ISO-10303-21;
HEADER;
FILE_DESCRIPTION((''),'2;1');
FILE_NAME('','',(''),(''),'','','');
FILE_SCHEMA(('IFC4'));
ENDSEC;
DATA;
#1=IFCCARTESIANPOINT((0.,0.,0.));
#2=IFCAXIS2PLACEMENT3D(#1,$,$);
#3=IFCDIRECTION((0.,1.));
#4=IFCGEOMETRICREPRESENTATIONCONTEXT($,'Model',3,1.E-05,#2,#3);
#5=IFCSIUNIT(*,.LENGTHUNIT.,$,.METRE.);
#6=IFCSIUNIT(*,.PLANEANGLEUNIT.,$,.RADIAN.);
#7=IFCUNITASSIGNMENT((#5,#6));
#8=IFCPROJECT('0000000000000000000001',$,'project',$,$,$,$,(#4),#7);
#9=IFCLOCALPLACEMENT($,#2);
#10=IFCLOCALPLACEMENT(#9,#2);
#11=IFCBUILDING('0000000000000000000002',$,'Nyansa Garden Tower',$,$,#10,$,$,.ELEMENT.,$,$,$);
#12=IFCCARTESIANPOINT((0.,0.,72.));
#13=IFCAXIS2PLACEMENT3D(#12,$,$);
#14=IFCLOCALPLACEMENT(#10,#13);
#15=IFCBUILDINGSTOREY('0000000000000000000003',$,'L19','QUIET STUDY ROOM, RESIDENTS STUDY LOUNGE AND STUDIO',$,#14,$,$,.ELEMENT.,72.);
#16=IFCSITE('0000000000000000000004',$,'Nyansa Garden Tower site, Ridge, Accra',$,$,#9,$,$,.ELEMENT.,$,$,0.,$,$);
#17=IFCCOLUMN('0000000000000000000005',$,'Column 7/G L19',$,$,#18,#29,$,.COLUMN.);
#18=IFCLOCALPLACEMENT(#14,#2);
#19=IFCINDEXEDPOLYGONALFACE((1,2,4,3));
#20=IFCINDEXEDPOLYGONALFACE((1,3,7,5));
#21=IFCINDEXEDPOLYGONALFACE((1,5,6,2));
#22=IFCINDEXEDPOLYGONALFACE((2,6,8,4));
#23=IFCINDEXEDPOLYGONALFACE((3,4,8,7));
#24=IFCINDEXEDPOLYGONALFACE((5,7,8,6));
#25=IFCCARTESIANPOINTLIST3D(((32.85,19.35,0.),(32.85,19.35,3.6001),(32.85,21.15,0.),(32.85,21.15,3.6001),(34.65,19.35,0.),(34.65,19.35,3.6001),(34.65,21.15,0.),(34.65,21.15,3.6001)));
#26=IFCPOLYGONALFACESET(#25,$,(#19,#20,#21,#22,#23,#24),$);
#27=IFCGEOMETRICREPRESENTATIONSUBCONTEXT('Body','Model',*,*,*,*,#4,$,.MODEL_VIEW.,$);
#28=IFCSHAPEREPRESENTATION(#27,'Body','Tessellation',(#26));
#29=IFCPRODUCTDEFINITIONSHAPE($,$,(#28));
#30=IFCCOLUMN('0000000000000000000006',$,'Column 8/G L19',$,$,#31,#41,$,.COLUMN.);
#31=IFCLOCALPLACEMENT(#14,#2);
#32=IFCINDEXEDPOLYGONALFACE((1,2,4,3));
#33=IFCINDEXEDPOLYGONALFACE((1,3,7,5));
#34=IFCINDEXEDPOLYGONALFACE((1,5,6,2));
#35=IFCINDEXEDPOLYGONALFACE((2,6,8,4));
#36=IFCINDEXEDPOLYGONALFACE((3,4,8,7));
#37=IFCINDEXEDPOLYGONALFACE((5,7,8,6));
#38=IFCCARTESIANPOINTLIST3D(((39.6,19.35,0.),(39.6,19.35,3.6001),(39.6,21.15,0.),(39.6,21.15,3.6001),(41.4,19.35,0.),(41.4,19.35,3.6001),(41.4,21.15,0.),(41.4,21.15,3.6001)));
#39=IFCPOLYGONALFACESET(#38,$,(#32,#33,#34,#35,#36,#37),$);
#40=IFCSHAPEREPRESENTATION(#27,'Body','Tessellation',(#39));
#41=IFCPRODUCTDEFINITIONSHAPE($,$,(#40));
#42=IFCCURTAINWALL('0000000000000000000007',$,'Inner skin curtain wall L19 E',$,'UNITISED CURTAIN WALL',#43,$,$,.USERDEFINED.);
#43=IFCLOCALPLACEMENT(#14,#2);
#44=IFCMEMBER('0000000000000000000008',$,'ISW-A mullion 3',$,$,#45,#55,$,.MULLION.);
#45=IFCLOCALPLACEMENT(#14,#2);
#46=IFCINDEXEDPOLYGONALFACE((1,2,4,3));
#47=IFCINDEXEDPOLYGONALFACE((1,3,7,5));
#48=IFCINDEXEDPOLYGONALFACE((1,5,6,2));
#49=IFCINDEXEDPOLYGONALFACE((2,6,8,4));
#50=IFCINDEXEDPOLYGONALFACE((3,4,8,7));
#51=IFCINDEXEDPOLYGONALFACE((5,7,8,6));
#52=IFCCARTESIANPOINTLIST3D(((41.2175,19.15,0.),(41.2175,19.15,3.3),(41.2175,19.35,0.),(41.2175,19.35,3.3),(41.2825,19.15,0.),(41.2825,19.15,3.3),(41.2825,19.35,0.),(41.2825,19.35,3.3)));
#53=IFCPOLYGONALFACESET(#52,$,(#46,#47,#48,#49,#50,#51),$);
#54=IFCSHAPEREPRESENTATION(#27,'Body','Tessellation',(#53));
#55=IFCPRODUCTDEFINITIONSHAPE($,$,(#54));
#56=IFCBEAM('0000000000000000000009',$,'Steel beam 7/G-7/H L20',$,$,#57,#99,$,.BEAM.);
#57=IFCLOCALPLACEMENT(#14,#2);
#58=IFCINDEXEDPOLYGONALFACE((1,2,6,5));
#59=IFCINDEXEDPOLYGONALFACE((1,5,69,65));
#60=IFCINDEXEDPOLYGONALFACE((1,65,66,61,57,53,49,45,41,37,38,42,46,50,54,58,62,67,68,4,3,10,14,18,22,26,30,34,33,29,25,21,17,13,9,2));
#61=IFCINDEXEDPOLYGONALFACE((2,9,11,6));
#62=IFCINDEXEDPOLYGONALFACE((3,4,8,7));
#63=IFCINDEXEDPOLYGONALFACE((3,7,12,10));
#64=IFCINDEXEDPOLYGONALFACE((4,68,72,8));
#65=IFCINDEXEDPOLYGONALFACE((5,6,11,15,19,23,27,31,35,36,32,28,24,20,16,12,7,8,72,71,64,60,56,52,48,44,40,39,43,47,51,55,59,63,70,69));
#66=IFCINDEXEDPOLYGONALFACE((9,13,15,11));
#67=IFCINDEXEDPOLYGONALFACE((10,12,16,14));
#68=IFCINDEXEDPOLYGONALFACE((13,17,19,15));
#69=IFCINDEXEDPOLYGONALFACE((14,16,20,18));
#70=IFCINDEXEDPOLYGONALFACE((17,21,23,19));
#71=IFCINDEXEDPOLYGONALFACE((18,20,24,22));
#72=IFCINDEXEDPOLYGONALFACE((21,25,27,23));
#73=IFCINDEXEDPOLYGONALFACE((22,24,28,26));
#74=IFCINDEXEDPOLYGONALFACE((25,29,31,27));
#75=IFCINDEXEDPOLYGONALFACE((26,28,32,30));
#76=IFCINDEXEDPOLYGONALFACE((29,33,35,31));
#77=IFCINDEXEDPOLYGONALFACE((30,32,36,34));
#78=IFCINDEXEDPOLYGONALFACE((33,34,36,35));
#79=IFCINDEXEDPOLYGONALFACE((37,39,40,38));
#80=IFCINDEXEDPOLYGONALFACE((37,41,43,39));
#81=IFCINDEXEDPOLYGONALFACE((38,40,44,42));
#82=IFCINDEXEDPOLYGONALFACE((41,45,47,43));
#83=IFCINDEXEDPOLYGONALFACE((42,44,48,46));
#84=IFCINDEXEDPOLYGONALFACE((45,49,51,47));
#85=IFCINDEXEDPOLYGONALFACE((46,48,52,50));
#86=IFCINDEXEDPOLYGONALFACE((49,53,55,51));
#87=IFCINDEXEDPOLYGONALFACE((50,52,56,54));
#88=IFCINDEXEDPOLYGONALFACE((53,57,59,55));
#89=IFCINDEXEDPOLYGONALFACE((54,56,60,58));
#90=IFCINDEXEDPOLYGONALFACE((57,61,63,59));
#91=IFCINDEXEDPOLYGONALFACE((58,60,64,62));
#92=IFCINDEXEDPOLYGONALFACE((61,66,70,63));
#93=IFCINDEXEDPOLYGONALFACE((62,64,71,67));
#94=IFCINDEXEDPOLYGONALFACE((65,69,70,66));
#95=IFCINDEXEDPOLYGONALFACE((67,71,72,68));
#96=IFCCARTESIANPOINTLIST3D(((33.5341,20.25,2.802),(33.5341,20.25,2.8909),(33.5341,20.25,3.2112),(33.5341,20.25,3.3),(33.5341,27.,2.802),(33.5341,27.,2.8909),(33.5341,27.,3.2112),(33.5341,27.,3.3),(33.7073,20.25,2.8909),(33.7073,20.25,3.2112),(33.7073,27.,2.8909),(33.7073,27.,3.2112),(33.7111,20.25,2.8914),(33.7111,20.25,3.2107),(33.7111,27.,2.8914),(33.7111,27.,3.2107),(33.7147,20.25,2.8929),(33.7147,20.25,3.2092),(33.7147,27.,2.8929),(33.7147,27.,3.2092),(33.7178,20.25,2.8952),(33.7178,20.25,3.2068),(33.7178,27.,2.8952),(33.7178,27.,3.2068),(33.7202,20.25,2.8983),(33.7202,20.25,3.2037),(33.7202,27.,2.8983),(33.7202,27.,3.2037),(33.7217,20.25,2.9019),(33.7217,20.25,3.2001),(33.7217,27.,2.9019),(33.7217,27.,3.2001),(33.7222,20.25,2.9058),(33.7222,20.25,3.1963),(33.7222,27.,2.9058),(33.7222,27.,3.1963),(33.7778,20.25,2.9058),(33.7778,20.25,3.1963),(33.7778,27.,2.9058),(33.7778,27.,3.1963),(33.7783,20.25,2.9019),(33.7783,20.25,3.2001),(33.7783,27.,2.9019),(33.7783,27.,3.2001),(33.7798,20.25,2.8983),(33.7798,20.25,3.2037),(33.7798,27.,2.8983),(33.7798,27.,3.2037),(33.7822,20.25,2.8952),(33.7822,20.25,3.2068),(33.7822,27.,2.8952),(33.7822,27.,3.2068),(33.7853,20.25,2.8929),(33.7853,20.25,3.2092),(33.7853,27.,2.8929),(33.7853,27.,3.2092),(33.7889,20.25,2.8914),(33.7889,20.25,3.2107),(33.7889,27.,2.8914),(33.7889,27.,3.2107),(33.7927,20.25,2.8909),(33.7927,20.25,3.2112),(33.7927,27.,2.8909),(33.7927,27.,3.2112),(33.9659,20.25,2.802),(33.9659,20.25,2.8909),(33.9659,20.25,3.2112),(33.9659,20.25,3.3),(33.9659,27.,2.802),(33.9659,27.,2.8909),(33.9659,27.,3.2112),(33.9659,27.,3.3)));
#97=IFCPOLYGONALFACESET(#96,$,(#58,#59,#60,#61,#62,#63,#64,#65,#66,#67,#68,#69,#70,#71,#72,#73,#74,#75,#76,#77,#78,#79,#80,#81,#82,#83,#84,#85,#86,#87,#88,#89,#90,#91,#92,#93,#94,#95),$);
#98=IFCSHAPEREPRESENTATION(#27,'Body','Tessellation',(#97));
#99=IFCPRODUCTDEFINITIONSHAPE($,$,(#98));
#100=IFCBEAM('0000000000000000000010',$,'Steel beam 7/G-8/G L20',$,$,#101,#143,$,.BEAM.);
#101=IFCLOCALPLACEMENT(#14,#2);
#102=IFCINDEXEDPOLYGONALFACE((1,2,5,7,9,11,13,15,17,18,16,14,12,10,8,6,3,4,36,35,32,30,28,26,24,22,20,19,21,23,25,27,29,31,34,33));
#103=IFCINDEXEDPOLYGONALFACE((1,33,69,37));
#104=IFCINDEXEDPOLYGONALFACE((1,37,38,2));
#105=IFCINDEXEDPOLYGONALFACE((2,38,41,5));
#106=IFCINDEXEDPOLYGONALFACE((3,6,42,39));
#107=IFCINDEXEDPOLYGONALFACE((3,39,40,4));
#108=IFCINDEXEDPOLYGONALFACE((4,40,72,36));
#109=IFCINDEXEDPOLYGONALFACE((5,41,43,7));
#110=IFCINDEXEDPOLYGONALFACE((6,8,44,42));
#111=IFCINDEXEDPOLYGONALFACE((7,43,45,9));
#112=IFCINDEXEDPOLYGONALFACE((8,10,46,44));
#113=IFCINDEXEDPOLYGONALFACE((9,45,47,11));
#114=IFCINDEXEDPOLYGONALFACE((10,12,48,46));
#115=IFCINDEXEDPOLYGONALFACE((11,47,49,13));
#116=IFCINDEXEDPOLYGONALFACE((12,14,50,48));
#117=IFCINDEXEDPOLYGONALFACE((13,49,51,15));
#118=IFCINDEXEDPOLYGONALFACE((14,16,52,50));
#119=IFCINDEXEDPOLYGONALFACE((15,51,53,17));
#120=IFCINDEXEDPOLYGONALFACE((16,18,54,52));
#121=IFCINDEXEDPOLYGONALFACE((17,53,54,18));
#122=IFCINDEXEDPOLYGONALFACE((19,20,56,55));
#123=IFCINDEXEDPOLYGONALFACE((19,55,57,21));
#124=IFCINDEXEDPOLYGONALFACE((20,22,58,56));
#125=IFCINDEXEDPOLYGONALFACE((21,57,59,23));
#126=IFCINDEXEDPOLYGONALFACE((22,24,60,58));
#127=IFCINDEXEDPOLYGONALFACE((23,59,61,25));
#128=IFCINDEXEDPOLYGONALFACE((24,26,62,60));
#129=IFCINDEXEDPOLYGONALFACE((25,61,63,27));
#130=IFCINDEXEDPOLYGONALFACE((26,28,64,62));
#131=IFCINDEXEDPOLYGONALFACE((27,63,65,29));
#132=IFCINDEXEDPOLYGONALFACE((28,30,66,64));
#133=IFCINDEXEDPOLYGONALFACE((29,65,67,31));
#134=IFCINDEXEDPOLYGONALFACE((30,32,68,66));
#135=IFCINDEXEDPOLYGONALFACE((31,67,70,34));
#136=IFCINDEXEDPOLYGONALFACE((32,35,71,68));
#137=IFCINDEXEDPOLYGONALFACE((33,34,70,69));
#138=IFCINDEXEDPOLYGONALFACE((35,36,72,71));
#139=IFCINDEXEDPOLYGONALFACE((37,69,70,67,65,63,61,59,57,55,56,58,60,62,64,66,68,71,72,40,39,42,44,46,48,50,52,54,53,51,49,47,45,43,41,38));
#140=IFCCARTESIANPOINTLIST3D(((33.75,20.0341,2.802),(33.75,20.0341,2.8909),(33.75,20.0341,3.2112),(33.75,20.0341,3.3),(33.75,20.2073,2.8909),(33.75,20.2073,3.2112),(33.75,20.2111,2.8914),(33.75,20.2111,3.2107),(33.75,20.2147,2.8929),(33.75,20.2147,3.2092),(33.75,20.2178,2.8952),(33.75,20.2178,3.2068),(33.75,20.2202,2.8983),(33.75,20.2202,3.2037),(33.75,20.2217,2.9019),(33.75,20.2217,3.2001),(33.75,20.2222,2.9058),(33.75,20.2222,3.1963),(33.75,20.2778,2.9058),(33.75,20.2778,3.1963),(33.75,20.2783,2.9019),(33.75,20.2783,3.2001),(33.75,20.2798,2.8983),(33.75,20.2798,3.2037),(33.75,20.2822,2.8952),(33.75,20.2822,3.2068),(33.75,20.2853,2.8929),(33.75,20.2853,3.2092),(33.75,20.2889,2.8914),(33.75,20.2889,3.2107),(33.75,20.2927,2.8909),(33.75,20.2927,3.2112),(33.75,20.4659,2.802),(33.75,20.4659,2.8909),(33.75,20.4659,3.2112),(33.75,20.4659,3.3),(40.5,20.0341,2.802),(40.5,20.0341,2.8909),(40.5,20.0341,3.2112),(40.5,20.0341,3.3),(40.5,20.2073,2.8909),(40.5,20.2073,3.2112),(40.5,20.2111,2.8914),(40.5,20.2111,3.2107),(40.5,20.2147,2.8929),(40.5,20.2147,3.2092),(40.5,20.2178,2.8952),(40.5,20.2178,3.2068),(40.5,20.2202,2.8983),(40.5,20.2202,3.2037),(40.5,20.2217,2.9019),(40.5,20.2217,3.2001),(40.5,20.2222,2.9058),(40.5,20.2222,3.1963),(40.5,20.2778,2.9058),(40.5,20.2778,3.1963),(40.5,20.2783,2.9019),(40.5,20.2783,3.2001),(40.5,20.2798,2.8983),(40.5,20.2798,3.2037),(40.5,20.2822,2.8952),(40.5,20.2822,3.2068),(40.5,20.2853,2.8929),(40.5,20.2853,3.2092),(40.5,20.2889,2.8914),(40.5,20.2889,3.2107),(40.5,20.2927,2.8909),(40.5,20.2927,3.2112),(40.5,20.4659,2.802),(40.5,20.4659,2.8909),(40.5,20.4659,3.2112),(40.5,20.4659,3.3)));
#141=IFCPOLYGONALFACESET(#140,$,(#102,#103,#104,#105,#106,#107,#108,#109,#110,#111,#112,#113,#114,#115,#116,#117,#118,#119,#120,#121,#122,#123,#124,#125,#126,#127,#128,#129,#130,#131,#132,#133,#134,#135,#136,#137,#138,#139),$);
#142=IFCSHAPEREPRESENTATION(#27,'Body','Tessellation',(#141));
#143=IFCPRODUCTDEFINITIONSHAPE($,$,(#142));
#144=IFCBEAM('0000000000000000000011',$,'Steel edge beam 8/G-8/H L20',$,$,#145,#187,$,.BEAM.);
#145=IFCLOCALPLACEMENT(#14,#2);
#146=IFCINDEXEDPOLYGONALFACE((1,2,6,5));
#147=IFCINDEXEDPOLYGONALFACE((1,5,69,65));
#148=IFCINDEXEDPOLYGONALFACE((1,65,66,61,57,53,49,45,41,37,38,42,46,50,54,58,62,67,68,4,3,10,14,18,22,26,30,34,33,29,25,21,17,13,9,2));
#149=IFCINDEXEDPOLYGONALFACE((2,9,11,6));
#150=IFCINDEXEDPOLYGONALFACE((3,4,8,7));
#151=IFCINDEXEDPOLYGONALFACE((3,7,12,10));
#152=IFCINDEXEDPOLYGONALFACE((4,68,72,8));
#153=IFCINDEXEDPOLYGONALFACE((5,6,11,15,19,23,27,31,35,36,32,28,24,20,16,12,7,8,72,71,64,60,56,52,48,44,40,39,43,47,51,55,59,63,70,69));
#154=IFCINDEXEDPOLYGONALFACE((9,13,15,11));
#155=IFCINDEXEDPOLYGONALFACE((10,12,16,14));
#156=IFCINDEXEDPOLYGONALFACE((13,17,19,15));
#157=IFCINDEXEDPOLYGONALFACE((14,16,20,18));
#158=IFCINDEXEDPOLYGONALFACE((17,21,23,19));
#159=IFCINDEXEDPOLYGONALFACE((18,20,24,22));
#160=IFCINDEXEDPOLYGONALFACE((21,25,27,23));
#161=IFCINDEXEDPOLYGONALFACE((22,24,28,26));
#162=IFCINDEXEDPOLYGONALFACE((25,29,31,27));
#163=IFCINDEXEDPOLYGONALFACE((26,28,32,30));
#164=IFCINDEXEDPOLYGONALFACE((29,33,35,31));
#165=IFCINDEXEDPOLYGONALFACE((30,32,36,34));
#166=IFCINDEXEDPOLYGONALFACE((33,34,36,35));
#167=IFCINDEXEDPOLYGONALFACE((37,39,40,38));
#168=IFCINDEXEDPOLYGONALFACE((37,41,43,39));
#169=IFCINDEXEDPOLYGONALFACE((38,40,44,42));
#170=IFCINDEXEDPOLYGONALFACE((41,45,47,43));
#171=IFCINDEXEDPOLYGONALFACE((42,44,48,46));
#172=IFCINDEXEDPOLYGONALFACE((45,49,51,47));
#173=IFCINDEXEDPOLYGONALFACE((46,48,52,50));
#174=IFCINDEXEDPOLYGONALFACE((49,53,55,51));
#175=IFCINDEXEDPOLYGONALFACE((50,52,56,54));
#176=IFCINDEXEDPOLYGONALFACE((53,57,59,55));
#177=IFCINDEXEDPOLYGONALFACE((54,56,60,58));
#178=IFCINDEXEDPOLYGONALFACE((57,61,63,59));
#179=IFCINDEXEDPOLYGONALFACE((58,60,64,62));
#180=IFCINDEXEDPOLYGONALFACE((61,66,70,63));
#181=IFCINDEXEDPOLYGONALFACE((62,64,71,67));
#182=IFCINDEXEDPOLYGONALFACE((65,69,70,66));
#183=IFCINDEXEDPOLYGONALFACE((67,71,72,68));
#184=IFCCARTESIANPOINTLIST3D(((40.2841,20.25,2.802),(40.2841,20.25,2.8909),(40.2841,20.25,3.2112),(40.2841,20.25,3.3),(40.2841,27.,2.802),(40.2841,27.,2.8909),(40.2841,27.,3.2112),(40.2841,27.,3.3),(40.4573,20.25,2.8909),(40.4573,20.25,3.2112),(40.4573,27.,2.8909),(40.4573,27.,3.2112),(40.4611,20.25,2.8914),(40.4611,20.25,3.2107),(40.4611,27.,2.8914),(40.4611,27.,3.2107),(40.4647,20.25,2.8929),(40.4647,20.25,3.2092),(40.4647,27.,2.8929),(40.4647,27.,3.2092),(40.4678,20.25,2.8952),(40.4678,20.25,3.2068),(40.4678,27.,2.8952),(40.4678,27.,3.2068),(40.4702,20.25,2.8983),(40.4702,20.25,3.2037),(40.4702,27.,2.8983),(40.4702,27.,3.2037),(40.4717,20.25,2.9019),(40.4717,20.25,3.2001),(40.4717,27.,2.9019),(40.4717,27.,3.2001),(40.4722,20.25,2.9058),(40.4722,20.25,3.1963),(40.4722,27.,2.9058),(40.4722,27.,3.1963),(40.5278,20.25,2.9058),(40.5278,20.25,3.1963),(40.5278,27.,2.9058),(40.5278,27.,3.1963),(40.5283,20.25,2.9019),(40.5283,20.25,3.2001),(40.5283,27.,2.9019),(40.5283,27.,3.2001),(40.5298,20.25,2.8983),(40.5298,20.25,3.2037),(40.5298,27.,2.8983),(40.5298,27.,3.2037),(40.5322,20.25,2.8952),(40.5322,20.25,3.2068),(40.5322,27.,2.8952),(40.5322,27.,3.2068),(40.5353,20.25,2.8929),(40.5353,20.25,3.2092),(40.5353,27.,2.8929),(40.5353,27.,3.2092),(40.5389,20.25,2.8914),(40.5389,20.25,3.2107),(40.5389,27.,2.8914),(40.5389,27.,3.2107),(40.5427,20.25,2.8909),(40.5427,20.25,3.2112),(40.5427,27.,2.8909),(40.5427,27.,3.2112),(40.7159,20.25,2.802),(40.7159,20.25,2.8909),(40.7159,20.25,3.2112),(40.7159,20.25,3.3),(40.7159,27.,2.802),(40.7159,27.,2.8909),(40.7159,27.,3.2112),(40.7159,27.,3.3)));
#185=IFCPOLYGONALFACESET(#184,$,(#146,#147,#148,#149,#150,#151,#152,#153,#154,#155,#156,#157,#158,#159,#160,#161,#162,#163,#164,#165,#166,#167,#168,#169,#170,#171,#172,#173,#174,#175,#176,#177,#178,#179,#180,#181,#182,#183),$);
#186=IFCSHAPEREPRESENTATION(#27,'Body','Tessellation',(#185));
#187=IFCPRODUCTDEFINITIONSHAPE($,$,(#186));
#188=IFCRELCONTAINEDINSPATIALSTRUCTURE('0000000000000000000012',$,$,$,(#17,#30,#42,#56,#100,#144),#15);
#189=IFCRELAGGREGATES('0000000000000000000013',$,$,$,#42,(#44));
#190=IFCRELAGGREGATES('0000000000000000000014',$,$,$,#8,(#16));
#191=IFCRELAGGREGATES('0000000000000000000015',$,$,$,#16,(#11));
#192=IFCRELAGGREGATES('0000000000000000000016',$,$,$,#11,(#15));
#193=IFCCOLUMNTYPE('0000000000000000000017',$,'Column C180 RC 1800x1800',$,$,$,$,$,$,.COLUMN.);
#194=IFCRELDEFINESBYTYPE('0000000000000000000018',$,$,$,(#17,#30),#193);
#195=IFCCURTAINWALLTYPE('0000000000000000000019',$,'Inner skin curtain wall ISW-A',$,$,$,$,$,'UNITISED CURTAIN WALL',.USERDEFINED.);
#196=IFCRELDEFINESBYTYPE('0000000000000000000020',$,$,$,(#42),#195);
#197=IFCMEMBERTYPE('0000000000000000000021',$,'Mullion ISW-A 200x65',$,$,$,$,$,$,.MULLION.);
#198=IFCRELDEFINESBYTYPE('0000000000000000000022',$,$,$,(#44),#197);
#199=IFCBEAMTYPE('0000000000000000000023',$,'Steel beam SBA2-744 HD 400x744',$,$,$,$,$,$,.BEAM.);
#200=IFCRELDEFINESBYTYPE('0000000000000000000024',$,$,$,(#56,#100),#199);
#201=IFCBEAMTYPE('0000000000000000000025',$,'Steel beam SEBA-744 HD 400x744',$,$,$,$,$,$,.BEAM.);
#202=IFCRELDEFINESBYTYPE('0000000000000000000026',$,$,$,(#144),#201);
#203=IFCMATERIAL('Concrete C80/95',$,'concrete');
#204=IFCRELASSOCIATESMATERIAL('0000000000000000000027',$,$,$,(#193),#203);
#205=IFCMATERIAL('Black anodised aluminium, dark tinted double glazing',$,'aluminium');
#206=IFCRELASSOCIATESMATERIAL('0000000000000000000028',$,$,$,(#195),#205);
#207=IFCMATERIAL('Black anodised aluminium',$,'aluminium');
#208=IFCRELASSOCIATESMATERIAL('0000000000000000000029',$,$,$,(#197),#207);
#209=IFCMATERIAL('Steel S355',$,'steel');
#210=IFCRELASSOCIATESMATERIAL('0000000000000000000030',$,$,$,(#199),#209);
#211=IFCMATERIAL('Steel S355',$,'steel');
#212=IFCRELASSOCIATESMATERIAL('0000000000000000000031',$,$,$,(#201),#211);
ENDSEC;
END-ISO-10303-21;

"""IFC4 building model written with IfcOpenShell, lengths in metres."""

from ifc_helpers import new_model, si_unit, direction, frame, origin, origin_2d, place, context, subcontext, project, spatial, rectangle, i_section, extrude, material, material_profile, profile_set, type_object, element, aggregate, save


model = new_model("IFC4")

# Units and contexts
model_context = context("Model", 3, precision=1e-05, world=origin(), true_north=direction((0.0, 1.0)))
body_context = subcontext(model_context, "Body", "Model", "MODEL_VIEW")
ifc_project = project(units=[si_unit("LENGTHUNIT", "METRE"), si_unit("PLANEANGLEUNIT", "RADIAN")], contexts=[model_context])

# Site, building, storey
site_placement = place(None, origin())
site = spatial("IfcSite", under=ifc_project, at=site_placement, Name="Nyansa Garden Tower site, Ridge, Accra", CompositionType="ELEMENT", RefElevation=0.0)
building_placement = place(site_placement, origin())
building = spatial("IfcBuilding", under=site, at=building_placement, Name="Nyansa Garden Tower", CompositionType="ELEMENT")
storey_placement = place(building_placement, frame((0.0, 0.0, 72.0)))
storey = spatial("IfcBuildingStorey", under=building, at=storey_placement, Name="L19", Description="QUIET STUDY ROOM, RESIDENTS STUDY LOUNGE AND STUDIO", CompositionType="ELEMENT", Elevation=72.0)

# Columns
ifc_material_1 = material(Name="Concrete C80/95", Category="concrete")
ifc_material_profile_1 = material_profile(ifc_material_1, rectangle(XDim=1.8, YDim=1.8, at=origin_2d()), Name="RC 1800x1800")
ifc_profile_set_1 = profile_set([ifc_material_profile_1], Name="Concrete C80/95")
column_type = type_object("IfcColumnType", Name="Column C180 RC 1800x1800", PredefinedType="COLUMN", material=ifc_profile_set_1)
for number, where, z_axis, x_axis, name in (
    (1, (33.75, 20.25, 0.0), (0.0, 0.0, 1.0), (1.0, 0.0, 0.0), "Column 7/G L19"),
    (2, (40.5, 20.25, 0.0), (0.0, 0.0, 1.0), (1.0, 0.0, 0.0), "Column 8/G L19"),
):
    element("IfcColumn", number, at=place(storey_placement, frame(where, z_axis=z_axis, x_axis=x_axis)), inside=storey, type_object=column_type, Name=name, PredefinedType="COLUMN", context=body_context, shape_type="SweptSolid", body=[
        extrude(rectangle(XDim=1.8, YDim=1.8, at=origin_2d()), origin(), (0.0, 0.0, 1.0), 3.6001),
    ])

# Curtain wall, member
ifc_material_2 = material(Name="Black anodised aluminium, dark tinted double glazing", Category="aluminium")
curtain_wall_type = type_object("IfcCurtainWallType", Name="Inner skin curtain wall ISW-A", ElementType="UNITISED CURTAIN WALL", PredefinedType="USERDEFINED", material=ifc_material_2)
curtain_wall_placement = place(storey_placement, origin())
curtain_wall = element("IfcCurtainWall", 3, at=curtain_wall_placement, inside=storey, type_object=curtain_wall_type, Name="Inner skin curtain wall L19 E", ObjectType="UNITISED CURTAIN WALL", PredefinedType="USERDEFINED")
ifc_material_3 = material(Name="Black anodised aluminium", Category="aluminium")
ifc_material_profile_2 = material_profile(ifc_material_3, rectangle(XDim=0.0649, YDim=0.2, at=origin_2d()), Name="Mullion 200x65")
ifc_profile_set_2 = profile_set([ifc_material_profile_2], Name="Black anodised aluminium")
member_type = type_object("IfcMemberType", Name="Mullion ISW-A 200x65", PredefinedType="MULLION", material=ifc_profile_set_2)
member_placement = place(storey_placement, frame((41.25, 19.25, 0.0), z_axis=(0.0, 0.0, 1.0), x_axis=(-1.0, 0.0, 0.0)))
member = element("IfcMember", 4, at=member_placement, type_object=member_type, Name="ISW-A mullion 3", PredefinedType="MULLION", context=body_context, shape_type="SweptSolid", body=[
    extrude(rectangle(XDim=0.0649, YDim=0.2, at=origin_2d()), origin(), (0.0, 0.0, 1.0), 3.3),
])
aggregate(curtain_wall, [member])

# Beams
ifc_material_4 = material(Name="Steel S355", Category="steel")
ifc_material_profile_3 = material_profile(ifc_material_4, i_section(OverallWidth=0.4319, OverallDepth=0.498, WebThickness=0.0557, FlangeThickness=0.0889, FilletRadius=0.0149, at=origin_2d()), Name="HD 400x744")
ifc_profile_set_3 = profile_set([ifc_material_profile_3], Name="Steel S355")
beam_type_1 = type_object("IfcBeamType", Name="Steel beam SBA2-744 HD 400x744", PredefinedType="BEAM", material=ifc_profile_set_3)
for number, where, z_axis, x_axis, name in (
    (5, (33.75, 20.25, 3.051), (0.0, 1.0, 0.0), (-1.0, 0.0, 0.0), "Steel beam 7/G-7/H L20"),
    (6, (33.75, 20.25, 3.051), (1.0, 0.0, 0.0), (0.0, 1.0, 0.0), "Steel beam 7/G-8/G L20"),
):
    element("IfcBeam", number, at=place(storey_placement, frame(where, z_axis=z_axis, x_axis=x_axis)), inside=storey, type_object=beam_type_1, Name=name, PredefinedType="BEAM", context=body_context, shape_type="SweptSolid", body=[
        extrude(i_section(OverallWidth=0.4319, OverallDepth=0.498, WebThickness=0.0557, FlangeThickness=0.0889, FilletRadius=0.0149, at=origin_2d()), origin(), (0.0, 0.0, 1.0), 6.75),
    ])
ifc_material_5 = material(Name="Steel S355", Category="steel")
ifc_material_profile_4 = material_profile(ifc_material_5, i_section(OverallWidth=0.4319, OverallDepth=0.498, WebThickness=0.0557, FlangeThickness=0.0889, FilletRadius=0.0149, at=origin_2d()), Name="HD 400x744")
ifc_profile_set_4 = profile_set([ifc_material_profile_4], Name="Steel S355")
beam_type_2 = type_object("IfcBeamType", Name="Steel beam SEBA-744 HD 400x744", PredefinedType="BEAM", material=ifc_profile_set_4)
beam_placement = place(storey_placement, frame((40.5, 20.25, 3.051), z_axis=(0.0, 1.0, 0.0), x_axis=(-1.0, 0.0, 0.0)))
element("IfcBeam", 7, at=beam_placement, inside=storey, type_object=beam_type_2, Name="Steel edge beam 8/G-8/H L20", PredefinedType="BEAM", context=body_context, shape_type="SweptSolid", body=[
    extrude(i_section(OverallWidth=0.4319, OverallDepth=0.498, WebThickness=0.0557, FlangeThickness=0.0889, FilletRadius=0.0149, at=origin_2d()), origin(), (0.0, 0.0, 1.0), 6.75),
])

save(model, "model.ifc")
